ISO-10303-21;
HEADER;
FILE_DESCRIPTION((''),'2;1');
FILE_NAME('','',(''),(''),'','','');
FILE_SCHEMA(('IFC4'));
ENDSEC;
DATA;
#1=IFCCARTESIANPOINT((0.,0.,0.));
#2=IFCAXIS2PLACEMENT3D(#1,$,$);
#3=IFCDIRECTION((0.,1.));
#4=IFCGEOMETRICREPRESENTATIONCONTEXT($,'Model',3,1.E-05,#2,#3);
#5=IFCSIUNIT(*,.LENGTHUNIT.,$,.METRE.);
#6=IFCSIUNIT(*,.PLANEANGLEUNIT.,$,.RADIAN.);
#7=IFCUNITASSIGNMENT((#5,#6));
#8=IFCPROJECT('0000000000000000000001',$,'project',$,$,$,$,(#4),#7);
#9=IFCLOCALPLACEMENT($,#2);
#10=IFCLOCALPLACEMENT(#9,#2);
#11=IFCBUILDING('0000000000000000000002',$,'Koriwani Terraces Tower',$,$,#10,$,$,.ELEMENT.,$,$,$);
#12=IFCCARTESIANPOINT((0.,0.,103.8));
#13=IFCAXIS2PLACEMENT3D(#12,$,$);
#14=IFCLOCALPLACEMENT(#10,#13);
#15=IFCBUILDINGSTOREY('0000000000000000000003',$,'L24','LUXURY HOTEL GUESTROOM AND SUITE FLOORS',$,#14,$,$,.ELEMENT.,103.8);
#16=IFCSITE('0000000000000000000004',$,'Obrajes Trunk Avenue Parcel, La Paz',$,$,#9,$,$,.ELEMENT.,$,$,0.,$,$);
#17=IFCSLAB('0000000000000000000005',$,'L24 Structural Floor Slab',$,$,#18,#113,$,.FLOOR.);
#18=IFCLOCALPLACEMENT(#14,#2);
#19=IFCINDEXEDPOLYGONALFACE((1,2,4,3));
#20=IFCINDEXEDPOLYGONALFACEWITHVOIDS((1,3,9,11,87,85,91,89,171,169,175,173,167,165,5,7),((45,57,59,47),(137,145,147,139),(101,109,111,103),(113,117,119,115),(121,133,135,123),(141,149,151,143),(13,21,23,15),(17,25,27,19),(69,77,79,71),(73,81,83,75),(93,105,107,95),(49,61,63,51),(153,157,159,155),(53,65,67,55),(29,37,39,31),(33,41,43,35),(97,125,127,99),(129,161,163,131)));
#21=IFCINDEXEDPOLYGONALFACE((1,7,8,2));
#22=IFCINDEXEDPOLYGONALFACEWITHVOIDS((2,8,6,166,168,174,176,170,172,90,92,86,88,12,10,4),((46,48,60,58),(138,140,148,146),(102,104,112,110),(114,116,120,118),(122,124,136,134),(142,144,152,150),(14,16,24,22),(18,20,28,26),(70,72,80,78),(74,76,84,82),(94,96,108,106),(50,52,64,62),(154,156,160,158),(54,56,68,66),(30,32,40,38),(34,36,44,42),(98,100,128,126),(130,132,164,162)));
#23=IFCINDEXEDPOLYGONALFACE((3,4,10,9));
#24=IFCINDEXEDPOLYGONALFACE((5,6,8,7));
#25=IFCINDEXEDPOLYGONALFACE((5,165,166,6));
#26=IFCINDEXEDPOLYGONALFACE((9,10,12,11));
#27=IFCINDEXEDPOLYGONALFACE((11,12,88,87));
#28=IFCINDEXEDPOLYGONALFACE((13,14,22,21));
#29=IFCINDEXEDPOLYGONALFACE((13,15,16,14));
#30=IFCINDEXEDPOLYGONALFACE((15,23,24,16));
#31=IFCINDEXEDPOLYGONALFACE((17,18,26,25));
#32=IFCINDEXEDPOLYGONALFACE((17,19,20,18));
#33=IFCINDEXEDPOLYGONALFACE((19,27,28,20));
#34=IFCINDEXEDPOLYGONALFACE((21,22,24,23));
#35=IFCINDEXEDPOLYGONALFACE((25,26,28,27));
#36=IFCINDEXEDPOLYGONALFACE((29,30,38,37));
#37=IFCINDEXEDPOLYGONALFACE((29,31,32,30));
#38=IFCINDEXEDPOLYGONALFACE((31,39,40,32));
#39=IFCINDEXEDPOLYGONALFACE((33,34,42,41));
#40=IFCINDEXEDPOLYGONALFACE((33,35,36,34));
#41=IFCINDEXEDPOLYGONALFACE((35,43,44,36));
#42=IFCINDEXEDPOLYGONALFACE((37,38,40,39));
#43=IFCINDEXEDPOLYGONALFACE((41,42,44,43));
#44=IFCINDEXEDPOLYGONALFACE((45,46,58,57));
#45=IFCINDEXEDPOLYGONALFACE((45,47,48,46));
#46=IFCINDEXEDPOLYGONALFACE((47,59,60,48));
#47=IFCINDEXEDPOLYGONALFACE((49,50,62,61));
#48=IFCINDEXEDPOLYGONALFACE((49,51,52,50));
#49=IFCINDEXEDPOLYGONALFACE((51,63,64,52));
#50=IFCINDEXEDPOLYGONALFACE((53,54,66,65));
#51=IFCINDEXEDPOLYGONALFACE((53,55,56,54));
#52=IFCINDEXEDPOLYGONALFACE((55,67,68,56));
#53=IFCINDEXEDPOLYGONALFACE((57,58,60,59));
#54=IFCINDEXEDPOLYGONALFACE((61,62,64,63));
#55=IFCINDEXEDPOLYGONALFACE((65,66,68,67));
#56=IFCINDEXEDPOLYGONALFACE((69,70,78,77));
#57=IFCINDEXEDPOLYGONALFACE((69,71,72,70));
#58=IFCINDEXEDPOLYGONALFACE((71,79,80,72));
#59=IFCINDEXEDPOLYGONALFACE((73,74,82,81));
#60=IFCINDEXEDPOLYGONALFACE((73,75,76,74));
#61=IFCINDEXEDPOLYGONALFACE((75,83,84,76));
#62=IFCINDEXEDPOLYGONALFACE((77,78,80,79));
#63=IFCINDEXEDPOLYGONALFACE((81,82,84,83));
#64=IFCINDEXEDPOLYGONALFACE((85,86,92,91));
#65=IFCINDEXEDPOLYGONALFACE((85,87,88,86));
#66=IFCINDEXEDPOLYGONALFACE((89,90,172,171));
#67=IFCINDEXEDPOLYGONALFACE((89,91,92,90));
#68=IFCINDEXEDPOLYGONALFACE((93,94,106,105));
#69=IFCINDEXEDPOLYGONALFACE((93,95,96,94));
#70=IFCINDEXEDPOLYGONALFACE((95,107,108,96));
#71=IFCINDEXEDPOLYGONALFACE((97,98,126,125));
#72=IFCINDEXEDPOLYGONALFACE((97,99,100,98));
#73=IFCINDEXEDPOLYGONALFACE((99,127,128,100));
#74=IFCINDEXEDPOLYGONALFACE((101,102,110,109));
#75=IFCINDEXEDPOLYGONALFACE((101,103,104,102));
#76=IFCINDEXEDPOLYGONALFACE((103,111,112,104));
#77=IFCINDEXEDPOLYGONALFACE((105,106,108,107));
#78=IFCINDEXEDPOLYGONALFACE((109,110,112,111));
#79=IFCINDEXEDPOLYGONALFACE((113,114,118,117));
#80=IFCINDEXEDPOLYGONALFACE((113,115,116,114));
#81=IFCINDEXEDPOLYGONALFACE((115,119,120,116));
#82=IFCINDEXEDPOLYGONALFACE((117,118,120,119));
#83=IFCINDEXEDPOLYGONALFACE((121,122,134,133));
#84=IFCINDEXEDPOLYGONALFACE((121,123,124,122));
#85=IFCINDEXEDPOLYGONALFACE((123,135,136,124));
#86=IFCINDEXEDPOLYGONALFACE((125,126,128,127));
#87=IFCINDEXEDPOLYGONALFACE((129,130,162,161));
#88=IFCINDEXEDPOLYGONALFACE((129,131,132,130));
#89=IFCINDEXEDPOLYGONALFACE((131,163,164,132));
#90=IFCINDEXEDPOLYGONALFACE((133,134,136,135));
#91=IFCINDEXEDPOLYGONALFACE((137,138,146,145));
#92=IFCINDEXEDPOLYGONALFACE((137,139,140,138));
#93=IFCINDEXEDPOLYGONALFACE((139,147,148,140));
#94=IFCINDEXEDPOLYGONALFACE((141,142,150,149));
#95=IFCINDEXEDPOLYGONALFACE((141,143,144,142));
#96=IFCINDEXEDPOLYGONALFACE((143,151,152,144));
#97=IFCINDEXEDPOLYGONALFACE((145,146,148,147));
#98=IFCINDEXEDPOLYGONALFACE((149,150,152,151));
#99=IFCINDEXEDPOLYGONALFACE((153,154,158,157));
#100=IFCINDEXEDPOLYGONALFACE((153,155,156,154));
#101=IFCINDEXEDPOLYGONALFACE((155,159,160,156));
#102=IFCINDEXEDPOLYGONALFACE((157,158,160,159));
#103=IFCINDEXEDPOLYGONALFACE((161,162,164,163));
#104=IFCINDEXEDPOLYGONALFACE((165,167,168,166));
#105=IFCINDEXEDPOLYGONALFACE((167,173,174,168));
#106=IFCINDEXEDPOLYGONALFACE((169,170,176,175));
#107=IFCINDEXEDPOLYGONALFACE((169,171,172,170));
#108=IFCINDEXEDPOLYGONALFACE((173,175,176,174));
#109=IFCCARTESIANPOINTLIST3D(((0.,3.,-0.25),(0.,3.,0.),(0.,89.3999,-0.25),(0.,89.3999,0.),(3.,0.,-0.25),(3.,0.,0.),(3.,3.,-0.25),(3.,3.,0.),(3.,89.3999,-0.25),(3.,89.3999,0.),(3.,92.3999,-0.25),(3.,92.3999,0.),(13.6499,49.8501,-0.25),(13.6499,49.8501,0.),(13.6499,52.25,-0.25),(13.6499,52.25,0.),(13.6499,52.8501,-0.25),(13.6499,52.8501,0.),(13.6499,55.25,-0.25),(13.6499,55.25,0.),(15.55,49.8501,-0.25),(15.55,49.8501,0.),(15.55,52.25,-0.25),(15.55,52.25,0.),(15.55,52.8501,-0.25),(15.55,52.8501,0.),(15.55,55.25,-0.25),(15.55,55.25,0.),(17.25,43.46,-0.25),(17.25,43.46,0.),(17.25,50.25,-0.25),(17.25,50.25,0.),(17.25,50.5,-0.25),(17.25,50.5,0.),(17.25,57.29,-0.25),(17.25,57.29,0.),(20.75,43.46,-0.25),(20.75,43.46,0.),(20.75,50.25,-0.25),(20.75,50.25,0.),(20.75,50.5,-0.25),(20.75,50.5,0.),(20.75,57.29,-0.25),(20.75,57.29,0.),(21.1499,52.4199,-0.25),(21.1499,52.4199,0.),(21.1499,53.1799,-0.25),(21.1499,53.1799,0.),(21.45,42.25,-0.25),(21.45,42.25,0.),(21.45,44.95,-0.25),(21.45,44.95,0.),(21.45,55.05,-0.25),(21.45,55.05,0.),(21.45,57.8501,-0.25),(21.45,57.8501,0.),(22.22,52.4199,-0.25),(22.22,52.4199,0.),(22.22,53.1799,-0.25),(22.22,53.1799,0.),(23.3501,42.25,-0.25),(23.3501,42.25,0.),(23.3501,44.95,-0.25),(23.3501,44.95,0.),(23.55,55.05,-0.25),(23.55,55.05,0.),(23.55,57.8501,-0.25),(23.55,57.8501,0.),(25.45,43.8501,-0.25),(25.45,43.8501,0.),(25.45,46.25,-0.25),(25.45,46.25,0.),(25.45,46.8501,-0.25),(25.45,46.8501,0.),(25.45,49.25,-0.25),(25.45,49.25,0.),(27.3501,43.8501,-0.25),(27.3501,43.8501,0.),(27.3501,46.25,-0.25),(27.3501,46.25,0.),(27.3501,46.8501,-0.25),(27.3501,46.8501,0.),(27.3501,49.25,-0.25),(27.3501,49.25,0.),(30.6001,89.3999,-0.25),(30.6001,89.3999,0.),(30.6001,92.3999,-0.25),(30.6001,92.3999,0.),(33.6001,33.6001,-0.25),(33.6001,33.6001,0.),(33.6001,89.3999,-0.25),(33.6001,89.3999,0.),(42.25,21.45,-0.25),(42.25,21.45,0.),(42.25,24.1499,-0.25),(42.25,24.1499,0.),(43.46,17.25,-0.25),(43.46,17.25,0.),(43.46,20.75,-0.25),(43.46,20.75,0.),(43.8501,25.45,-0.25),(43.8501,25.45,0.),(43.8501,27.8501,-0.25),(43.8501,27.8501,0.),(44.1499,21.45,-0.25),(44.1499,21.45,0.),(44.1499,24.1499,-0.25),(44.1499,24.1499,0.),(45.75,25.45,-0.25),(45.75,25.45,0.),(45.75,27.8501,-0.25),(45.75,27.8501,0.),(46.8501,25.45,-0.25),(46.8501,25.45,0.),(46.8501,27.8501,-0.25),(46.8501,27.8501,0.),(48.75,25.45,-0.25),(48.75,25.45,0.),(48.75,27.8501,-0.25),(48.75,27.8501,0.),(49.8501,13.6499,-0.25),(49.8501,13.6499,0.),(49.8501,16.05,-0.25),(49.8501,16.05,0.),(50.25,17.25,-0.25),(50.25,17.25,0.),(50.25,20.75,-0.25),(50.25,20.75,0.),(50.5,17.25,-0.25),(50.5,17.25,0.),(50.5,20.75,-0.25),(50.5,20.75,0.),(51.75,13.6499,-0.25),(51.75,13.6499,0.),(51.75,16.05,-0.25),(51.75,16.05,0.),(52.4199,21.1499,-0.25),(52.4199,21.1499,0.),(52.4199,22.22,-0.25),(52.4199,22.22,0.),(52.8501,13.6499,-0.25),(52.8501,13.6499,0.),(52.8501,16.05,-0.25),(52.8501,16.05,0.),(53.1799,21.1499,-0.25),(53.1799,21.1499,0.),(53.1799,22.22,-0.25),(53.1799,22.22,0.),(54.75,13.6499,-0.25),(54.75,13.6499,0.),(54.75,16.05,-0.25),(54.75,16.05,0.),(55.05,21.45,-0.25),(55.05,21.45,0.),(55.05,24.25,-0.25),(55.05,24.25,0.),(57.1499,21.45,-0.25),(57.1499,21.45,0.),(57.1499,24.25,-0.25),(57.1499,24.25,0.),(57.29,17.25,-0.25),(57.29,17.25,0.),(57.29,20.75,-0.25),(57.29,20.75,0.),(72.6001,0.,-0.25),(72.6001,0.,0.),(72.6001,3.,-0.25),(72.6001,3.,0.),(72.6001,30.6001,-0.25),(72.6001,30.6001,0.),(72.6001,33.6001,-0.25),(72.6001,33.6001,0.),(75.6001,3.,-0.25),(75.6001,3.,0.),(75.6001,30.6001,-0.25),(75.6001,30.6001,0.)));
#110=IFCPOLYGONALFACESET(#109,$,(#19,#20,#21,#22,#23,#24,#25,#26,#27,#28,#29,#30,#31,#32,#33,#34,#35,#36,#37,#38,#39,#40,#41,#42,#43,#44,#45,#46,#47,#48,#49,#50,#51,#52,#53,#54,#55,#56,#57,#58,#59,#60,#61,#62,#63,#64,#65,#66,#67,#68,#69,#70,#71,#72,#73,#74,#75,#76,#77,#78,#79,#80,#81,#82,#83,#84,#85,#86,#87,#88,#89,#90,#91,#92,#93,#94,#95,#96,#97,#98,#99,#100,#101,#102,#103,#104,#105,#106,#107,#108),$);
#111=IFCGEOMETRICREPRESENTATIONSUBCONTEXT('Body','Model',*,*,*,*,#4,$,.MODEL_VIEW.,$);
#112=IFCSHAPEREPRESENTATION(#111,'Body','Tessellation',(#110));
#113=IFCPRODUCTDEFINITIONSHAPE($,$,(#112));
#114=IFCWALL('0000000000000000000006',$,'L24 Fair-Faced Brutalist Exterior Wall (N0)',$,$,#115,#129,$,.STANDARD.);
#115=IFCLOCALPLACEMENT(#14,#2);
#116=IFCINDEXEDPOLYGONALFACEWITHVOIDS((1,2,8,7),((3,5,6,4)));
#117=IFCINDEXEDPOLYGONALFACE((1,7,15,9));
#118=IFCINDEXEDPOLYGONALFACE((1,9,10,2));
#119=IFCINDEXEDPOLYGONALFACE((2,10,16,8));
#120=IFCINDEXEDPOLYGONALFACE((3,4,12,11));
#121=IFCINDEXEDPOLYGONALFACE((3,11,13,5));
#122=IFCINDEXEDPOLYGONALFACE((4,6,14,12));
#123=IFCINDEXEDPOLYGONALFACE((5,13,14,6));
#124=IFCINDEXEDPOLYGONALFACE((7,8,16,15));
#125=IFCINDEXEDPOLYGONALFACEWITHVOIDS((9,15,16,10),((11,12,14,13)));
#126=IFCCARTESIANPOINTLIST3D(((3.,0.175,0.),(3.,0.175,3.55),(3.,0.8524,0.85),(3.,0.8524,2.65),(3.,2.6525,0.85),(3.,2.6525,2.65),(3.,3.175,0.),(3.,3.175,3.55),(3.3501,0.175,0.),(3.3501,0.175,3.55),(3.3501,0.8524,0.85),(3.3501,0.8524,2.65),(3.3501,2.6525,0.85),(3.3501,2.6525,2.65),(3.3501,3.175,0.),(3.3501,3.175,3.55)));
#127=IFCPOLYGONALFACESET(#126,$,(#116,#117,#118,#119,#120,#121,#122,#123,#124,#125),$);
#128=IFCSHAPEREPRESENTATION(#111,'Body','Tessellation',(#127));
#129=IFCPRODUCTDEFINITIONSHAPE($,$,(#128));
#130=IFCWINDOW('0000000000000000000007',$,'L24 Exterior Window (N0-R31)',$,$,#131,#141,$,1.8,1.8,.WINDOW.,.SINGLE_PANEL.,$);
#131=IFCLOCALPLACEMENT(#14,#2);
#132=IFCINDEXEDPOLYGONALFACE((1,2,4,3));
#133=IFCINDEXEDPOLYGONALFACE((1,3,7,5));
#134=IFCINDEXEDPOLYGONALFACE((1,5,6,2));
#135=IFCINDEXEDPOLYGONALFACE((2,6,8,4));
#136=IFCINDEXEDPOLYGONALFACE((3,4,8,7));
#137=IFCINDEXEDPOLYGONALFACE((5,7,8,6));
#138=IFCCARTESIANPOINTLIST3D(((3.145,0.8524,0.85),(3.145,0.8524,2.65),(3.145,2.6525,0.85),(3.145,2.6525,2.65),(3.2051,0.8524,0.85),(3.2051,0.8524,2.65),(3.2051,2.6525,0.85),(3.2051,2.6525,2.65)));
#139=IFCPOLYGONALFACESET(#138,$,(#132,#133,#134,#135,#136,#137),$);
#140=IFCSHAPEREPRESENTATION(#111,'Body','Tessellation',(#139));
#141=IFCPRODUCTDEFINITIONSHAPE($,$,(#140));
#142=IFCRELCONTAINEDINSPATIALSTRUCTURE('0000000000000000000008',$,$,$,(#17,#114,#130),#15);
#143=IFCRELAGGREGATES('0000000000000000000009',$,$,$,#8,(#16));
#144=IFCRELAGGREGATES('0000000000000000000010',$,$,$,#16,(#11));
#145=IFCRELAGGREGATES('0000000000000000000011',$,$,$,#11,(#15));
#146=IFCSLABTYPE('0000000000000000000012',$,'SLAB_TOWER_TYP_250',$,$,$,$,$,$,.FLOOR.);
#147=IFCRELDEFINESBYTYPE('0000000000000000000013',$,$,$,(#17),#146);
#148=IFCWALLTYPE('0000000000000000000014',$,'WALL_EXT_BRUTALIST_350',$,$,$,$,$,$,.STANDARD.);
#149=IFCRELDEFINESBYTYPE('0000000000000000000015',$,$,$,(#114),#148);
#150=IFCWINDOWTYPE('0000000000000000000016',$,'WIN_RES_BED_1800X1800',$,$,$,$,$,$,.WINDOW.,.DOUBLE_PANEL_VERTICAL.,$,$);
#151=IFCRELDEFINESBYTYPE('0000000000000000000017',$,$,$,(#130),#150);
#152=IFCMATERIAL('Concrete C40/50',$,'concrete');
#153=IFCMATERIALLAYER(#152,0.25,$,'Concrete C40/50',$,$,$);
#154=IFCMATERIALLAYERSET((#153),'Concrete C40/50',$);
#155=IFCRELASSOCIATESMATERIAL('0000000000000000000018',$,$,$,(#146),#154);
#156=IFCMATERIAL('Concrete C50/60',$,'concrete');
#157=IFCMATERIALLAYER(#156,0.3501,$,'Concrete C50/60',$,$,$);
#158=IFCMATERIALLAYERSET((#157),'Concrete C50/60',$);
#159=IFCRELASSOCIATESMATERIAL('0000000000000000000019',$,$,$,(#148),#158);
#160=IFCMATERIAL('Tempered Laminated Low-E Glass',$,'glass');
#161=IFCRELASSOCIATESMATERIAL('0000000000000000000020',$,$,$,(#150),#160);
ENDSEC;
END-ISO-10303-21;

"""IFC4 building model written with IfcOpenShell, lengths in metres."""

from ifc_helpers import new_model, si_unit, direction, frame, frame_2d, origin, place, context, subcontext, project, spatial, polyline, rectangle, outline, extrude, material, layer, layer_set, type_object, element, fill, save


model = new_model("IFC4")

# Units and contexts
model_context = context("Model", 3, precision=1e-05, world=origin(), true_north=direction((0.0, 1.0)))
body_context = subcontext(model_context, "Body", "Model", "MODEL_VIEW")
ifc_project = project(units=[si_unit("LENGTHUNIT", "METRE"), si_unit("PLANEANGLEUNIT", "RADIAN")], contexts=[model_context])

# Site, building, storey
site_placement = place(None, origin())
site = spatial("IfcSite", under=ifc_project, at=site_placement, Name="Obrajes Trunk Avenue Parcel, La Paz", CompositionType="ELEMENT", RefElevation=0.0)
building_placement = place(site_placement, origin())
building = spatial("IfcBuilding", under=site, at=building_placement, Name="Koriwani Terraces Tower", CompositionType="ELEMENT")
storey_placement = place(building_placement, frame((0.0, 0.0, 103.8)))
storey = spatial("IfcBuildingStorey", under=building, at=storey_placement, Name="L24", Description="LUXURY HOTEL GUESTROOM AND SUITE FLOORS", CompositionType="ELEMENT", Elevation=103.8)

# Shared definitions
ifc_material_1 = material(Name="Concrete C50/60", Category="concrete")

# Shared definitions
ifc_material_2 = material(Name="Concrete C40/50", Category="concrete")

# Slab
ifc_layer_1 = layer(ifc_material_2, 0.25, Name="Concrete C40/50")
ifc_layer_set_1 = layer_set([ifc_layer_1], Name="Concrete C40/50")
slab_type_1 = type_object("IfcSlabType", Name="SLAB_TOWER_TYP_250", PredefinedType="FLOOR", material=ifc_layer_set_1)
slab_1_placement = place(storey_placement, frame((0.0, 0.0, -0.25)))
element("IfcSlab", 1, at=slab_1_placement, inside=storey, type_object=slab_type_1, Name="L24 Structural Floor Slab", PredefinedType="FLOOR", context=body_context, shape_type="SweptSolid", body=[
    extrude(outline(polyline([(3.0, 0.0), (72.6001, 0.0), (72.6001, 3.0), (75.6001, 3.0), (75.6001, 30.6001), (72.6001, 30.6001), (72.6001, 33.6001), (33.6001, 33.6001), (33.6001, 89.3999), (30.6001, 89.3999), (30.6001, 92.3999), (3.0, 92.3999), (3.0, 89.3999), (0.0, 89.3999), (0.0, 3.0), (3.0, 3.0), (3.0, 0.0)]), holes=[polyline([(17.25, 43.46), (20.75, 43.46), (20.75, 50.25), (17.25, 50.25), (17.25, 43.46)]), polyline([(17.25, 50.5), (20.75, 50.5), (20.75, 57.29), (17.25, 57.29), (17.25, 50.5)]), polyline([(43.46, 17.25), (50.25, 17.25), (50.25, 20.75), (43.46, 20.75), (43.46, 17.25)]), polyline([(50.5, 17.25), (57.29, 17.25), (57.29, 20.75), (50.5, 20.75), (50.5, 17.25)]), polyline([(13.6499, 49.8501), (15.55, 49.8501), (15.55, 52.25), (13.6499, 52.25), (13.6499, 49.8501)]), polyline([(13.6499, 52.8501), (15.55, 52.8501), (15.55, 55.25), (13.6499, 55.25), (13.6499, 52.8501)]), polyline([(49.8501, 13.6499), (51.75, 13.6499), (51.75, 16.05), (49.8501, 16.05), (49.8501, 13.6499)]), polyline([(52.8501, 13.6499), (54.75, 13.6499), (54.75, 16.05), (52.8501, 16.05), (52.8501, 13.6499)]), polyline([(25.45, 43.8501), (27.3501, 43.8501), (27.3501, 46.25), (25.45, 46.25), (25.45, 43.8501)]), polyline([(25.45, 46.8501), (27.3501, 46.8501), (27.3501, 49.25), (25.45, 49.25), (25.45, 46.8501)]), polyline([(43.8501, 25.45), (45.75, 25.45), (45.75, 27.8501), (43.8501, 27.8501), (43.8501, 25.45)]), polyline([(46.8501, 25.45), (48.75, 25.45), (48.75, 27.8501), (46.8501, 27.8501), (46.8501, 25.45)]), polyline([(21.45, 55.05), (23.55, 55.05), (23.55, 57.8501), (21.45, 57.8501), (21.45, 55.05)]), polyline([(55.05, 21.45), (57.1499, 21.45), (57.1499, 24.25), (55.05, 24.25), (55.05, 21.45)]), polyline([(21.45, 42.25), (23.3501, 42.25), (23.3501, 44.95), (21.45, 44.95), (21.45, 42.25)]), polyline([(42.25, 21.45), (44.1499, 21.45), (44.1499, 24.1499), (42.25, 24.1499), (42.25, 21.45)]), polyline([(21.1499, 52.4199), (22.22, 52.4199), (22.22, 53.1799), (21.1499, 53.1799), (21.1499, 52.4199)]), polyline([(52.4199, 21.1499), (53.1799, 21.1499), (53.1799, 22.22), (52.4199, 22.22), (52.4199, 21.1499)])]), origin(), (0.0, 0.0, 1.0), 0.25),
])

# Wall, opening, window
ifc_layer_2 = layer(ifc_material_1, 0.3501, Name="Concrete C50/60")
ifc_layer_set_2 = layer_set([ifc_layer_2], Name="Concrete C50/60")
wall_type = type_object("IfcWallType", Name="WALL_EXT_BRUTALIST_350", PredefinedType="STANDARD", material=ifc_layer_set_2)
wall_1_placement = place(storey_placement, frame((3.175, 0.175, 0.0), z_axis=(0.0, 0.0, 1.0), x_axis=(0.0, 1.0, 0.0)))
wall_1 = element("IfcWall", 2, at=wall_1_placement, inside=storey, type_object=wall_type, Name="L24 Fair-Faced Brutalist Exterior Wall (N0)", PredefinedType="STANDARD", context=body_context, shape_type="SweptSolid", body=[
    extrude(rectangle(XDim=3.0, YDim=0.3501, at=frame_2d((1.5, 0.0))), origin(), (0.0, 0.0, 1.0), 3.55),
])
opening_1_placement = place(wall_1_placement, frame((0.6775, 0.0, 0.8501)))
opening_1 = element("IfcOpeningElement", 3, at=opening_1_placement, cuts=wall_1, PredefinedType="OPENING", context=body_context, shape_type="SweptSolid", body=[
    extrude(rectangle(XDim=1.8, YDim=1.8, at=frame_2d((0.8999, 0.8999))), frame((0.0, 0.1851, 0.0), z_axis=(0.0, -1.0, 0.0), x_axis=(1.0, 0.0, 0.0)), (0.0, 0.0, 1.0), 0.3701),
])
ifc_material_3 = material(Name="Tempered Laminated Low-E Glass", Category="glass")
window_type_1 = type_object("IfcWindowType", Name="WIN_RES_BED_1800X1800", PartitioningType="DOUBLE_PANEL_VERTICAL", PredefinedType="WINDOW", material=ifc_material_3)
window_1_placement = place(opening_1_placement, origin())
window_1 = element("IfcWindow", 4, at=window_1_placement, inside=storey, type_object=window_type_1, Name="L24 Exterior Window (N0-R31)", OverallHeight=1.8, OverallWidth=1.8, PartitioningType="SINGLE_PANEL", PredefinedType="WINDOW", context=body_context, shape_type="SweptSolid", body=[
    extrude(rectangle(XDim=1.8, YDim=1.8, at=frame_2d((0.8999, 0.8999))), frame((0.0, 0.03, 0.0), z_axis=(0.0, -1.0, 0.0), x_axis=(1.0, 0.0, 0.0)), (0.0, 0.0, 1.0), 0.0601),
])
fill(opening_1, window_1)

save(model, "model.ifc")
